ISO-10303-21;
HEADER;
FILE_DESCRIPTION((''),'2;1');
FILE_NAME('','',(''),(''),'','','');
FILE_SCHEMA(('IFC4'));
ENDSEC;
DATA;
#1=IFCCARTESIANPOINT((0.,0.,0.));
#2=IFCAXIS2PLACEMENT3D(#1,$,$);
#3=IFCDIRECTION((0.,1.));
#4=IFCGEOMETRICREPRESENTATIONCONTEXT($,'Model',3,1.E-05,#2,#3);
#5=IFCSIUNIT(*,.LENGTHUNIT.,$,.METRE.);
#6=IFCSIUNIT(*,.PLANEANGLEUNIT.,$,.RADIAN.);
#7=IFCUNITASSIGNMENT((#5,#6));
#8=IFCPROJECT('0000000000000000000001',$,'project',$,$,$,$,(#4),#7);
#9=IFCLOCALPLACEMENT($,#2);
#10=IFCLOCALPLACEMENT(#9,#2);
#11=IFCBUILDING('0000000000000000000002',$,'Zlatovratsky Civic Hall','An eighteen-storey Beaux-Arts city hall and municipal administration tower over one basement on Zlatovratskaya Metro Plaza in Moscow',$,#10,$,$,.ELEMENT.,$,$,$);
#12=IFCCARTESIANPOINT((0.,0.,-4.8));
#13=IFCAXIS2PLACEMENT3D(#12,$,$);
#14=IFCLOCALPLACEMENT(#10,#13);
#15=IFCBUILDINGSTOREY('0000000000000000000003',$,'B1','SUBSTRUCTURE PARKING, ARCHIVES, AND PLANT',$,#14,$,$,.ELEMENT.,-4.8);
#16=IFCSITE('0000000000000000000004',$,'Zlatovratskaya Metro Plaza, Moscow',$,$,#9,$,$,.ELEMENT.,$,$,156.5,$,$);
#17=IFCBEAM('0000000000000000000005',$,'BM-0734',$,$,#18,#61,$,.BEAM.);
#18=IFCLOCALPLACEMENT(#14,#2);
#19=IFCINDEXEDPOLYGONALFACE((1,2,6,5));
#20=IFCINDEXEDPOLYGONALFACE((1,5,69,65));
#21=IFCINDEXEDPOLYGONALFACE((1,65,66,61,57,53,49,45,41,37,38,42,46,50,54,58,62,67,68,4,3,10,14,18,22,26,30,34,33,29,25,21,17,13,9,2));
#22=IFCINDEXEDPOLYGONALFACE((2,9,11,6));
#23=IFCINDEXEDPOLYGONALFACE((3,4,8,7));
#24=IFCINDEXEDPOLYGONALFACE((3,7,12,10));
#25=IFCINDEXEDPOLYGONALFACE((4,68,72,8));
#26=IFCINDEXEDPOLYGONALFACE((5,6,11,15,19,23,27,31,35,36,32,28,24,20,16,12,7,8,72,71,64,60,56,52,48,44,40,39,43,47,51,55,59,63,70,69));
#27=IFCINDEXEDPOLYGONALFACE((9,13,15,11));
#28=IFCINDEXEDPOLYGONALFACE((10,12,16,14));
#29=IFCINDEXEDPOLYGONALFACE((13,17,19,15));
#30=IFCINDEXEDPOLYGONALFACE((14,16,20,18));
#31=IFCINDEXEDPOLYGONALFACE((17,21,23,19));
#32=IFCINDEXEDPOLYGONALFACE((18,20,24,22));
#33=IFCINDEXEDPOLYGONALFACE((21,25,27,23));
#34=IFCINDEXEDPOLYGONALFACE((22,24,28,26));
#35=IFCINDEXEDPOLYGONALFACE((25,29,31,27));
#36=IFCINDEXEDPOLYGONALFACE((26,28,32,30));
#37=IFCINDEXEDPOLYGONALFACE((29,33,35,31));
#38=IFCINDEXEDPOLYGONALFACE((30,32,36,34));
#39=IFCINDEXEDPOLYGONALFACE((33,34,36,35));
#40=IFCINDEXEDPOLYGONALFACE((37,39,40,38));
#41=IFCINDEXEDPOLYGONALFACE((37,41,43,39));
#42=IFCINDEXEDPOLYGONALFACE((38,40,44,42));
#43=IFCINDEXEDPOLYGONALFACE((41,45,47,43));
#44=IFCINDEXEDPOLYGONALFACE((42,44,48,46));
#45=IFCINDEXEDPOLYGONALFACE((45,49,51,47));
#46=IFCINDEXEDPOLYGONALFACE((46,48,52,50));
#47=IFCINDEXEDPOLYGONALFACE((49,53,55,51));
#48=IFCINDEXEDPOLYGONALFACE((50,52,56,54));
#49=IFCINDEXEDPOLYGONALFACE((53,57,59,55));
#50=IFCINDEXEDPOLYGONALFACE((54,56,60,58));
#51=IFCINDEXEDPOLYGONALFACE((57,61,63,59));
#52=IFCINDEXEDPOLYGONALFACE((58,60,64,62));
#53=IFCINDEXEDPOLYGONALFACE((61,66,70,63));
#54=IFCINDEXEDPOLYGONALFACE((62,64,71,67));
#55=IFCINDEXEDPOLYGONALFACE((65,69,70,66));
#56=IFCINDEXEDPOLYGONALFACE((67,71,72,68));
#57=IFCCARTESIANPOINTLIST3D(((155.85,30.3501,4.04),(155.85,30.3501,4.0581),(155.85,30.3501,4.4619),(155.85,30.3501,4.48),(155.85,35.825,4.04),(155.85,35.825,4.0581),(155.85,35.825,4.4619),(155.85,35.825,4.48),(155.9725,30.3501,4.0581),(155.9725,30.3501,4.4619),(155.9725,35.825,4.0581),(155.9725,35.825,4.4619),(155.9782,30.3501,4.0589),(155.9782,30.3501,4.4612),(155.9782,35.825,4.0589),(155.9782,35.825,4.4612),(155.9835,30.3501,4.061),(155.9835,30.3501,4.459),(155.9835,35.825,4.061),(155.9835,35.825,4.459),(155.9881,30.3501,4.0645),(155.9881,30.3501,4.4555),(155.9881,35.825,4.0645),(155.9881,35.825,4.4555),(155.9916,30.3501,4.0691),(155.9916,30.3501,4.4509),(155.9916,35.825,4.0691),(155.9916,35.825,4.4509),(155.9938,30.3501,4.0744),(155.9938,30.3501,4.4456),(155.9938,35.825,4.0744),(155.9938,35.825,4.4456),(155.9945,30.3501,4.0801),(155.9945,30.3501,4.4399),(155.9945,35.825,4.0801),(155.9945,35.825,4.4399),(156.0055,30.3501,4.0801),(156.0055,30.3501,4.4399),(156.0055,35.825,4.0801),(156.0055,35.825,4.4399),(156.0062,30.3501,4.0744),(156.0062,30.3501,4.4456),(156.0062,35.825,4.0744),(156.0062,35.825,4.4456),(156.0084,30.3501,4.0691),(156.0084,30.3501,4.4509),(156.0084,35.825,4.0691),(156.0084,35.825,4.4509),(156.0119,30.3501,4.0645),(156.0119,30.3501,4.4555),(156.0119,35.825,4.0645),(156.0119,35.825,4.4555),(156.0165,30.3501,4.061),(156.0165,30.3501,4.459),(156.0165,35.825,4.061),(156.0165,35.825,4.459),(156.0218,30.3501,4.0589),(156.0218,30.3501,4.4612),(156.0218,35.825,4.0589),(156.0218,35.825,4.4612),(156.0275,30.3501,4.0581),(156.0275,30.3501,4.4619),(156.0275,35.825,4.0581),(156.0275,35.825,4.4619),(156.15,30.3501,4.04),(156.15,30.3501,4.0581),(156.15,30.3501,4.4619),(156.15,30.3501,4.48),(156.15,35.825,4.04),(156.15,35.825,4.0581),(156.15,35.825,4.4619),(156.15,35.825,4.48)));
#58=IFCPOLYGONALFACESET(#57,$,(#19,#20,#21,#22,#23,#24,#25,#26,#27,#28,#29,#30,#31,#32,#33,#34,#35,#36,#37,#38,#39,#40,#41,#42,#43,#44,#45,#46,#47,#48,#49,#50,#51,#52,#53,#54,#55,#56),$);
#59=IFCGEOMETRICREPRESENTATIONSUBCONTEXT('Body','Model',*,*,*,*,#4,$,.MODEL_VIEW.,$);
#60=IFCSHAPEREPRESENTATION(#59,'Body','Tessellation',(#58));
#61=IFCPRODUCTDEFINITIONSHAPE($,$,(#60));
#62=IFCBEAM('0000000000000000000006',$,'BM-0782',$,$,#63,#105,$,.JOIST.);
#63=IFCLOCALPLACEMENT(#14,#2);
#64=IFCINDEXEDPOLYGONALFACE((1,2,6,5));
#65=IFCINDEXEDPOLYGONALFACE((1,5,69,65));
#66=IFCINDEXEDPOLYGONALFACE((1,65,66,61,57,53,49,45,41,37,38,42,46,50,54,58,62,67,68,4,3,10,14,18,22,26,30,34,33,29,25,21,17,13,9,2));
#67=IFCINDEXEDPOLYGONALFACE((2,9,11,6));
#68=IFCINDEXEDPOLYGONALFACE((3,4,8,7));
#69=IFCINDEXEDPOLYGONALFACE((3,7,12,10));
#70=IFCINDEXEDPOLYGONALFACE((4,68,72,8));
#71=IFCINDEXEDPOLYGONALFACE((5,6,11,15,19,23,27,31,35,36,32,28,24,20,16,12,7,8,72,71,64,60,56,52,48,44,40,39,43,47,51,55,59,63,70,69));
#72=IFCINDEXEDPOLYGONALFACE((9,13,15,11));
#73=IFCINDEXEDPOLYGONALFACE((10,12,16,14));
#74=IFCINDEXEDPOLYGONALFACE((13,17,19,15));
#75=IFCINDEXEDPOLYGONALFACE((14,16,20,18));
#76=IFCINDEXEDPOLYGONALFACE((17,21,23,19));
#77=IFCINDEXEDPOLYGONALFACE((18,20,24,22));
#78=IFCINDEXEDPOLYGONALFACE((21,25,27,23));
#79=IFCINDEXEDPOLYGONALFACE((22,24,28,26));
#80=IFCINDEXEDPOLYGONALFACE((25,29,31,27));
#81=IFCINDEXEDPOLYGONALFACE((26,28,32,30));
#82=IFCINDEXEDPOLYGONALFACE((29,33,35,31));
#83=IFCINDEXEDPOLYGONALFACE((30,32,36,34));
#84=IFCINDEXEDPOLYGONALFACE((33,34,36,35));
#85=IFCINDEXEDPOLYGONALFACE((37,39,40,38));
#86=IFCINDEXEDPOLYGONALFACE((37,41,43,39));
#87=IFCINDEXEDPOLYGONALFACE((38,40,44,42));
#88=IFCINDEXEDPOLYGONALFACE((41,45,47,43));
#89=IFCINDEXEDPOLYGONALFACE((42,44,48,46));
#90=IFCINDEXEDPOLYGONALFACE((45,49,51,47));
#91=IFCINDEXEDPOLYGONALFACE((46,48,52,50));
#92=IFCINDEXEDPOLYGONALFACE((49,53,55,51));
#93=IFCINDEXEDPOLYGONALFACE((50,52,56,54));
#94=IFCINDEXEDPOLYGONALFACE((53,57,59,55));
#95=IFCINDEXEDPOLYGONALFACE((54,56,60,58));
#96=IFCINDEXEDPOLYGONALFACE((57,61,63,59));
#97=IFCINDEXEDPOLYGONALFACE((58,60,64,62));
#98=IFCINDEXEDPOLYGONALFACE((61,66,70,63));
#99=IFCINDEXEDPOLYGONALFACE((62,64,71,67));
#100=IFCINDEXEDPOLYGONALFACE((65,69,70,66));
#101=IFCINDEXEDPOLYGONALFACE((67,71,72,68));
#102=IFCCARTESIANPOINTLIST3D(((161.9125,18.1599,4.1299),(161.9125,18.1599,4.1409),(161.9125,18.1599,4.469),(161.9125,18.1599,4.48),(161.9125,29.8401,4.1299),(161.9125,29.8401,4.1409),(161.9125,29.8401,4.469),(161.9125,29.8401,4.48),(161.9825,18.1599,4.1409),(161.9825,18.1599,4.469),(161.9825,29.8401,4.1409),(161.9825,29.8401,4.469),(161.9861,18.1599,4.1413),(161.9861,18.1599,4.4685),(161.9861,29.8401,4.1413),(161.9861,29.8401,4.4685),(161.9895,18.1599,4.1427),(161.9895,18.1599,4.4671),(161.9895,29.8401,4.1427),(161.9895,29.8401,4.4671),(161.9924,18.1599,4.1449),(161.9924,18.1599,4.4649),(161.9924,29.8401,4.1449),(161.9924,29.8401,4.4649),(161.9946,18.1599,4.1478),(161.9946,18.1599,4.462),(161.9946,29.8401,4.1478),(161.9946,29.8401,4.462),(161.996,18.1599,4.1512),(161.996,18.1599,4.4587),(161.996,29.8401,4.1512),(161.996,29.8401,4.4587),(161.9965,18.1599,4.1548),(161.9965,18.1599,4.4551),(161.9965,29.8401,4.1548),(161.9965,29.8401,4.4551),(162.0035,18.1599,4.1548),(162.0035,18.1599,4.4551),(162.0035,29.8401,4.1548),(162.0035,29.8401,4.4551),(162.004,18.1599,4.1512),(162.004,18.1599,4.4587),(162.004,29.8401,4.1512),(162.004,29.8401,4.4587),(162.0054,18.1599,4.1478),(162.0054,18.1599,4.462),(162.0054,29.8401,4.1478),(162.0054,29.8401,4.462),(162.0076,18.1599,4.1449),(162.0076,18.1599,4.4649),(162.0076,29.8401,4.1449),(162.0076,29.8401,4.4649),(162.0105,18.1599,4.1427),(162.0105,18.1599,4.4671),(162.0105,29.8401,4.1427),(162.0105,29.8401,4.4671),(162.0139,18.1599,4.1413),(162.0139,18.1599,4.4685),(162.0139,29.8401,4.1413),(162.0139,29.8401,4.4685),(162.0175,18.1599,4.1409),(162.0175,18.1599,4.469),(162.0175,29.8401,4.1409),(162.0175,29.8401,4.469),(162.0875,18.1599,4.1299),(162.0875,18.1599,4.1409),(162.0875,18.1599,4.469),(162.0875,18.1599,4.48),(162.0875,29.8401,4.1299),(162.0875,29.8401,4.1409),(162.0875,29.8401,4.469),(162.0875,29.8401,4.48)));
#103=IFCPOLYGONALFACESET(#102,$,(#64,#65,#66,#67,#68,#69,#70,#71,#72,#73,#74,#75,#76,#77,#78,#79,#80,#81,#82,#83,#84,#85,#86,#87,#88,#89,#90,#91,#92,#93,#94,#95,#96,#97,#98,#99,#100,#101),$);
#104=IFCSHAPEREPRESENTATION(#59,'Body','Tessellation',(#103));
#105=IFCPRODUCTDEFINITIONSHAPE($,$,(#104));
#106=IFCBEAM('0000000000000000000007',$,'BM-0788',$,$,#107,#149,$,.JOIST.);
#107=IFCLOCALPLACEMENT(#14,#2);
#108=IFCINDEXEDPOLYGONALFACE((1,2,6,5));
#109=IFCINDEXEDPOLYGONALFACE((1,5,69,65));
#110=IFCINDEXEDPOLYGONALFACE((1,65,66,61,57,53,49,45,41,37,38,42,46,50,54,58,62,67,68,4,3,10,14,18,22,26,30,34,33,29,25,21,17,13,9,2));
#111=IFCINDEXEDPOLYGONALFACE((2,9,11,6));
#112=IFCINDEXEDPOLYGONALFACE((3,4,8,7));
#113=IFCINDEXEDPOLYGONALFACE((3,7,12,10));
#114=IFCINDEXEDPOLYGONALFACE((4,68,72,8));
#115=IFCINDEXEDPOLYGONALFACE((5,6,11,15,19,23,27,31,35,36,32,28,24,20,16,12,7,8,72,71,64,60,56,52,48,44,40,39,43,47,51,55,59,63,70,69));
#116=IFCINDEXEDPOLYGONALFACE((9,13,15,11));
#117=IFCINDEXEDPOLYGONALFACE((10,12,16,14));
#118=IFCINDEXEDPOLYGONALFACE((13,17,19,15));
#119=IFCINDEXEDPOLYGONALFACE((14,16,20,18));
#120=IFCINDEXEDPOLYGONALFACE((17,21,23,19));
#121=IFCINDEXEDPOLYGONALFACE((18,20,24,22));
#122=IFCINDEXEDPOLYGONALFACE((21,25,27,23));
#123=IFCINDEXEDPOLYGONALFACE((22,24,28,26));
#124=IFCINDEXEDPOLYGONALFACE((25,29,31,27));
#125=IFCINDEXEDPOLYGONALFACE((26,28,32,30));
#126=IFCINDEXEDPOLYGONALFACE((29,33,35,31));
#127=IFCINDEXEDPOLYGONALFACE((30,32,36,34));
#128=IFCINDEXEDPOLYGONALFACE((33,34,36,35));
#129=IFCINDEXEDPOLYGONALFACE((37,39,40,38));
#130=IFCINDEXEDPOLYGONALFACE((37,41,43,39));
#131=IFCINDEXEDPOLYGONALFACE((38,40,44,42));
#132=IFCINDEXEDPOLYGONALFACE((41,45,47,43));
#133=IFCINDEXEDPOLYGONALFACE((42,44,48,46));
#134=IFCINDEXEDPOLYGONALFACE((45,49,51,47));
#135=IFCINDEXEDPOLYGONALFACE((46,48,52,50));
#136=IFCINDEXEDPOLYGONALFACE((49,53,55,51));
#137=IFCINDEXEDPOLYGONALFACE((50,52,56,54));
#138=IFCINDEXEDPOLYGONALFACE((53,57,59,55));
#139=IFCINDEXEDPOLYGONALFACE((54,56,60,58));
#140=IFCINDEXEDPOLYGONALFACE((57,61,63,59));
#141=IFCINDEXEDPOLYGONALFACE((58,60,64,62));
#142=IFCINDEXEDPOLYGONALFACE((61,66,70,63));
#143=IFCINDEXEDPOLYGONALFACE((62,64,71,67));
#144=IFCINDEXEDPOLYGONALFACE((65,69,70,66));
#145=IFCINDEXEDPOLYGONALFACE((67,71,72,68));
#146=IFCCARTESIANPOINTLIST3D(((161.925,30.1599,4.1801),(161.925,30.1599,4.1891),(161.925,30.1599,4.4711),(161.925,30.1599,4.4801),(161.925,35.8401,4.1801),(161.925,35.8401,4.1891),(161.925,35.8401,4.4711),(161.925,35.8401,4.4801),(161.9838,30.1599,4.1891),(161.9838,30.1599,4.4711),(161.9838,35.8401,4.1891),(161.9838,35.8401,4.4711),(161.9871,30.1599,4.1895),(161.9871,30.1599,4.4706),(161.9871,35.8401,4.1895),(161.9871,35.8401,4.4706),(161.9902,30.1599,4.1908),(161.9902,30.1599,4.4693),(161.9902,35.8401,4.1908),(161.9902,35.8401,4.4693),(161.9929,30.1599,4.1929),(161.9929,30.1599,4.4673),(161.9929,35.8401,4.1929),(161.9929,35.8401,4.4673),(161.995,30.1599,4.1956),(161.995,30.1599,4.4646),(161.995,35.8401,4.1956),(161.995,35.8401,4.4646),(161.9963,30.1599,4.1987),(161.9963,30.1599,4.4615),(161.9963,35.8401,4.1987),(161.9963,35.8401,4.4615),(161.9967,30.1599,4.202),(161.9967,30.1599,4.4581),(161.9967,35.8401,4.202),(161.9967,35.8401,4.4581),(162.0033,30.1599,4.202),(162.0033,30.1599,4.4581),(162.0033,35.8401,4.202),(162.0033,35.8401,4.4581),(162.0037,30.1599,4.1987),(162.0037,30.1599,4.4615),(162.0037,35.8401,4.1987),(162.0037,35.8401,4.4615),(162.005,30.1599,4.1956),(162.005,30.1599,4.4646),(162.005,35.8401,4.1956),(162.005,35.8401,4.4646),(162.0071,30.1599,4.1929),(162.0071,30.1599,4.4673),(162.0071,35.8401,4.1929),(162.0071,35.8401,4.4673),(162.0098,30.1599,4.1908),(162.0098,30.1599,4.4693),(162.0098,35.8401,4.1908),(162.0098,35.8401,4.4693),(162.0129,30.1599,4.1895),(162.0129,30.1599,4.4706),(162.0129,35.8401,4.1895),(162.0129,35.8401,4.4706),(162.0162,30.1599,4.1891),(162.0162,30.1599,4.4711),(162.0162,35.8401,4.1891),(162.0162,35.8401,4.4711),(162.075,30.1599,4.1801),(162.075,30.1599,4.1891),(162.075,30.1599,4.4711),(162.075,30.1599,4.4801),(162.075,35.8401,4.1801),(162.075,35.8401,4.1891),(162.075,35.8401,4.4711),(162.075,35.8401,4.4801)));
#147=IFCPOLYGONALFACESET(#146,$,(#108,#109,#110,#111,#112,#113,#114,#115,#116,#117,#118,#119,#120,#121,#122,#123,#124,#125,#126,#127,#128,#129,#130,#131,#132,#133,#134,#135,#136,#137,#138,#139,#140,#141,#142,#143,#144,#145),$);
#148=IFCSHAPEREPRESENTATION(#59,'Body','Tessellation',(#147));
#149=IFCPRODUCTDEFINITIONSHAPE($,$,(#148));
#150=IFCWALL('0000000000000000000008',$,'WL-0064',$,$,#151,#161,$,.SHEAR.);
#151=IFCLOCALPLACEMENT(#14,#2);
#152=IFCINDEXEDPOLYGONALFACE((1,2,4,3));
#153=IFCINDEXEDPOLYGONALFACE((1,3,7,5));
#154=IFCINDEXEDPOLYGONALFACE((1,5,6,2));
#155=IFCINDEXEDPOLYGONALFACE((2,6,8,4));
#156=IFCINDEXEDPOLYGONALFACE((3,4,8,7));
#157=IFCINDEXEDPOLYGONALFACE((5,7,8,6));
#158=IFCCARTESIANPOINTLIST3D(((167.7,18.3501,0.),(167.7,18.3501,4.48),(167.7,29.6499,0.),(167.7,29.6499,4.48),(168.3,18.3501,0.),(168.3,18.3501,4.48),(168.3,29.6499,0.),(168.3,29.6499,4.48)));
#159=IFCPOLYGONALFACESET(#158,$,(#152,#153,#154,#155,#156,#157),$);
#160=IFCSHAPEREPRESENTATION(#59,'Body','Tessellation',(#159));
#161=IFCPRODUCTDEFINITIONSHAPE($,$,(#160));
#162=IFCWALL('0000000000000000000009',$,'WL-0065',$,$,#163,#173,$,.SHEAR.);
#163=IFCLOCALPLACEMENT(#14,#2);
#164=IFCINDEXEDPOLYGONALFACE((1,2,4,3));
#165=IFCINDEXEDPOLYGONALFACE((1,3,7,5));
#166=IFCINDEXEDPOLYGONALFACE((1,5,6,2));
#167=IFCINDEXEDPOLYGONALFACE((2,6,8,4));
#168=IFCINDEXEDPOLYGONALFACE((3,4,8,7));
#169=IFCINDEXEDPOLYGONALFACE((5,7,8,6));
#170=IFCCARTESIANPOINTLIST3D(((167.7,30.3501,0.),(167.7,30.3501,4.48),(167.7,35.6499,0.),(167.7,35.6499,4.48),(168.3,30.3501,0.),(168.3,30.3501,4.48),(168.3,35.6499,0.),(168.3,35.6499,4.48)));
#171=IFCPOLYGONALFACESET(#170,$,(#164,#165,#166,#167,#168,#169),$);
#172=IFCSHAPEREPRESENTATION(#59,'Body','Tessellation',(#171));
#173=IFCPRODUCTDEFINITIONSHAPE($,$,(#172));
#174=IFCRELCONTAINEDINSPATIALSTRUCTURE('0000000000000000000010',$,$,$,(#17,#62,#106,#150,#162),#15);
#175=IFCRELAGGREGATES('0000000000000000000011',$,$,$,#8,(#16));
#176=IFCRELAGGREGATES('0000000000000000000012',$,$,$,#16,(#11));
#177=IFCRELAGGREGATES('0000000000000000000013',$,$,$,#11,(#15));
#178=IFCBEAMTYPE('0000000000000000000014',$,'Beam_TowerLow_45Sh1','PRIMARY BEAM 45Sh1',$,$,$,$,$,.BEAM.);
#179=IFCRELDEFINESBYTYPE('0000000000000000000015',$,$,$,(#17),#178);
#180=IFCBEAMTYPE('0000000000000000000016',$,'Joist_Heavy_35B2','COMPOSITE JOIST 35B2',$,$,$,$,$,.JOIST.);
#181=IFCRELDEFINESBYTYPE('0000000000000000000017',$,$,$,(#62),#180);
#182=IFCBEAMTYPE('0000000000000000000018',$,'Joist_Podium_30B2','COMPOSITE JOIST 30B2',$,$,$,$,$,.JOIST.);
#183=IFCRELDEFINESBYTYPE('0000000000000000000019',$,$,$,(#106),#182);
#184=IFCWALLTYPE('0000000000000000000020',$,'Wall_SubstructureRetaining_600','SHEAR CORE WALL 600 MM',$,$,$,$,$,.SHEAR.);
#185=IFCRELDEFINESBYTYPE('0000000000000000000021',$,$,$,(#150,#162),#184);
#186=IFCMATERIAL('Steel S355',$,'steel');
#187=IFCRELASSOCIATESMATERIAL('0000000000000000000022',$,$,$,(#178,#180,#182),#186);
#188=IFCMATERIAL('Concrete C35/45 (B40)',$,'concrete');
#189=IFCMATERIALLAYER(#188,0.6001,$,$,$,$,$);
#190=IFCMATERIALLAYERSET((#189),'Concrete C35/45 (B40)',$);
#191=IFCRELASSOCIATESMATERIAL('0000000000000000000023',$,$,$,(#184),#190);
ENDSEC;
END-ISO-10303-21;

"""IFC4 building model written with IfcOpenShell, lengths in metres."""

from ifc_helpers import new_model, si_unit, direction, frame, frame_2d, origin, origin_2d, place, context, subcontext, project, spatial, rectangle, i_section, extrude, material, layer, layer_set, material_profile, profile_set, type_object, element, save


model = new_model("IFC4")

# Units and contexts
model_context = context("Model", 3, precision=1e-05, world=origin(), true_north=direction((0.0, 1.0)))
body_context = subcontext(model_context, "Body", "Model", "MODEL_VIEW")
ifc_project = project(units=[si_unit("LENGTHUNIT", "METRE"), si_unit("PLANEANGLEUNIT", "RADIAN")], contexts=[model_context])

# Site, building, storey
site_placement = place(None, origin())
site = spatial("IfcSite", under=ifc_project, at=site_placement, Name="Zlatovratskaya Metro Plaza, Moscow", CompositionType="ELEMENT", RefElevation=156.5)
building_placement = place(site_placement, origin())
building = spatial("IfcBuilding", under=site, at=building_placement, Name="Zlatovratsky Civic Hall", Description="An eighteen-storey Beaux-Arts city hall and municipal administration tower over one basement on Zlatovratskaya Metro Plaza in Moscow", CompositionType="ELEMENT")
storey_placement = place(building_placement, frame((0.0, 0.0, -4.8)))
storey = spatial("IfcBuildingStorey", under=building, at=storey_placement, Name="B1", Description="SUBSTRUCTURE PARKING, ARCHIVES, AND PLANT", CompositionType="ELEMENT", Elevation=-4.8)

# Shared definitions
ifc_material_1 = material(Name="Concrete C35/45 (B40)", Category="concrete")

# Beams
ifc_material_2 = material(Name="Steel S355", Category="steel")
ifc_material_profile_1 = material_profile(ifc_material_2, i_section(OverallWidth=0.3, OverallDepth=0.4399, WebThickness=0.011, FlangeThickness=0.0181, FilletRadius=0.022, at=origin_2d()), Name="45Sh1")
ifc_profile_set_1 = profile_set([ifc_material_profile_1], Name="Steel S355")
beam_type_1 = type_object("IfcBeamType", Name="Beam_TowerLow_45Sh1", Description="PRIMARY BEAM 45Sh1", PredefinedType="BEAM", material=ifc_profile_set_1)
beam_1_placement = place(storey_placement, frame((156.0, 30.3501, 4.26), z_axis=(0.0, 1.0, 0.0), x_axis=(-1.0, 0.0, 0.0)))
element("IfcBeam", 1, at=beam_1_placement, inside=storey, type_object=beam_type_1, Name="BM-0734", PredefinedType="BEAM", context=body_context, shape_type="SweptSolid", body=[
    extrude(i_section(OverallWidth=0.3, OverallDepth=0.4399, WebThickness=0.011, FlangeThickness=0.0181, FilletRadius=0.022, at=origin_2d()), origin(), (0.0, 0.0, 1.0), 5.4749),
])
ifc_material_profile_2 = material_profile(ifc_material_2, i_section(OverallWidth=0.175, OverallDepth=0.3501, WebThickness=0.0071, FlangeThickness=0.011, FilletRadius=0.0139, at=origin_2d()), Name="35B2")
ifc_profile_set_2 = profile_set([ifc_material_profile_2], Name="Steel S355")
beam_type_2 = type_object("IfcBeamType", Name="Joist_Heavy_35B2", Description="COMPOSITE JOIST 35B2", PredefinedType="JOIST", material=ifc_profile_set_2)
beam_2_placement = place(storey_placement, frame((162.0, 18.1599, 4.3049), z_axis=(0.0, 1.0, 0.0), x_axis=(-1.0, 0.0, 0.0)))
element("IfcBeam", 2, at=beam_2_placement, inside=storey, type_object=beam_type_2, Name="BM-0782", PredefinedType="JOIST", context=body_context, shape_type="SweptSolid", body=[
    extrude(i_section(OverallWidth=0.175, OverallDepth=0.3501, WebThickness=0.0071, FlangeThickness=0.011, FilletRadius=0.0139, at=origin_2d()), origin(), (0.0, 0.0, 1.0), 11.6802),
])
ifc_material_profile_3 = material_profile(ifc_material_2, i_section(OverallWidth=0.1499, OverallDepth=0.3, WebThickness=0.0066, FlangeThickness=0.009, FilletRadius=0.0129, at=origin_2d()), Name="30B2")
ifc_profile_set_3 = profile_set([ifc_material_profile_3], Name="Steel S355")
beam_type_3 = type_object("IfcBeamType", Name="Joist_Podium_30B2", Description="COMPOSITE JOIST 30B2", PredefinedType="JOIST", material=ifc_profile_set_3)
beam_3_placement = place(storey_placement, frame((162.0, 30.1599, 4.3301), z_axis=(0.0, 1.0, 0.0), x_axis=(-1.0, 0.0, 0.0)))
element("IfcBeam", 3, at=beam_3_placement, inside=storey, type_object=beam_type_3, Name="BM-0788", PredefinedType="JOIST", context=body_context, shape_type="SweptSolid", body=[
    extrude(i_section(OverallWidth=0.1499, OverallDepth=0.3, WebThickness=0.0066, FlangeThickness=0.009, FilletRadius=0.0129, at=origin_2d()), origin(), (0.0, 0.0, 1.0), 5.6802),
])

# Walls
ifc_layer = layer(ifc_material_1, 0.6001)
ifc_layer_set = layer_set([ifc_layer], Name="Concrete C35/45 (B40)")
wall_type = type_object("IfcWallType", Name="Wall_SubstructureRetaining_600", Description="SHEAR CORE WALL 600 MM", PredefinedType="SHEAR", material=ifc_layer_set)
wall_1_placement = place(storey_placement, frame((168.0, 18.3501, 0.0), z_axis=(0.0, 0.0, 1.0), x_axis=(0.0, 1.0, 0.0)))
element("IfcWall", 4, at=wall_1_placement, inside=storey, type_object=wall_type, Name="WL-0064", PredefinedType="SHEAR", context=body_context, shape_type="SweptSolid", body=[
    extrude(rectangle(XDim=11.2998, YDim=0.6001, at=frame_2d((5.6499, 0.0))), origin(), (0.0, 0.0, 1.0), 4.48),
])
wall_2_placement = place(storey_placement, frame((168.0, 30.3501, 0.0), z_axis=(0.0, 0.0, 1.0), x_axis=(0.0, 1.0, 0.0)))
element("IfcWall", 5, at=wall_2_placement, inside=storey, type_object=wall_type, Name="WL-0065", PredefinedType="SHEAR", context=body_context, shape_type="SweptSolid", body=[
    extrude(rectangle(XDim=5.2998, YDim=0.6001, at=frame_2d((2.6499, 0.0))), origin(), (0.0, 0.0, 1.0), 4.48),
])

save(model, "model.ifc")
